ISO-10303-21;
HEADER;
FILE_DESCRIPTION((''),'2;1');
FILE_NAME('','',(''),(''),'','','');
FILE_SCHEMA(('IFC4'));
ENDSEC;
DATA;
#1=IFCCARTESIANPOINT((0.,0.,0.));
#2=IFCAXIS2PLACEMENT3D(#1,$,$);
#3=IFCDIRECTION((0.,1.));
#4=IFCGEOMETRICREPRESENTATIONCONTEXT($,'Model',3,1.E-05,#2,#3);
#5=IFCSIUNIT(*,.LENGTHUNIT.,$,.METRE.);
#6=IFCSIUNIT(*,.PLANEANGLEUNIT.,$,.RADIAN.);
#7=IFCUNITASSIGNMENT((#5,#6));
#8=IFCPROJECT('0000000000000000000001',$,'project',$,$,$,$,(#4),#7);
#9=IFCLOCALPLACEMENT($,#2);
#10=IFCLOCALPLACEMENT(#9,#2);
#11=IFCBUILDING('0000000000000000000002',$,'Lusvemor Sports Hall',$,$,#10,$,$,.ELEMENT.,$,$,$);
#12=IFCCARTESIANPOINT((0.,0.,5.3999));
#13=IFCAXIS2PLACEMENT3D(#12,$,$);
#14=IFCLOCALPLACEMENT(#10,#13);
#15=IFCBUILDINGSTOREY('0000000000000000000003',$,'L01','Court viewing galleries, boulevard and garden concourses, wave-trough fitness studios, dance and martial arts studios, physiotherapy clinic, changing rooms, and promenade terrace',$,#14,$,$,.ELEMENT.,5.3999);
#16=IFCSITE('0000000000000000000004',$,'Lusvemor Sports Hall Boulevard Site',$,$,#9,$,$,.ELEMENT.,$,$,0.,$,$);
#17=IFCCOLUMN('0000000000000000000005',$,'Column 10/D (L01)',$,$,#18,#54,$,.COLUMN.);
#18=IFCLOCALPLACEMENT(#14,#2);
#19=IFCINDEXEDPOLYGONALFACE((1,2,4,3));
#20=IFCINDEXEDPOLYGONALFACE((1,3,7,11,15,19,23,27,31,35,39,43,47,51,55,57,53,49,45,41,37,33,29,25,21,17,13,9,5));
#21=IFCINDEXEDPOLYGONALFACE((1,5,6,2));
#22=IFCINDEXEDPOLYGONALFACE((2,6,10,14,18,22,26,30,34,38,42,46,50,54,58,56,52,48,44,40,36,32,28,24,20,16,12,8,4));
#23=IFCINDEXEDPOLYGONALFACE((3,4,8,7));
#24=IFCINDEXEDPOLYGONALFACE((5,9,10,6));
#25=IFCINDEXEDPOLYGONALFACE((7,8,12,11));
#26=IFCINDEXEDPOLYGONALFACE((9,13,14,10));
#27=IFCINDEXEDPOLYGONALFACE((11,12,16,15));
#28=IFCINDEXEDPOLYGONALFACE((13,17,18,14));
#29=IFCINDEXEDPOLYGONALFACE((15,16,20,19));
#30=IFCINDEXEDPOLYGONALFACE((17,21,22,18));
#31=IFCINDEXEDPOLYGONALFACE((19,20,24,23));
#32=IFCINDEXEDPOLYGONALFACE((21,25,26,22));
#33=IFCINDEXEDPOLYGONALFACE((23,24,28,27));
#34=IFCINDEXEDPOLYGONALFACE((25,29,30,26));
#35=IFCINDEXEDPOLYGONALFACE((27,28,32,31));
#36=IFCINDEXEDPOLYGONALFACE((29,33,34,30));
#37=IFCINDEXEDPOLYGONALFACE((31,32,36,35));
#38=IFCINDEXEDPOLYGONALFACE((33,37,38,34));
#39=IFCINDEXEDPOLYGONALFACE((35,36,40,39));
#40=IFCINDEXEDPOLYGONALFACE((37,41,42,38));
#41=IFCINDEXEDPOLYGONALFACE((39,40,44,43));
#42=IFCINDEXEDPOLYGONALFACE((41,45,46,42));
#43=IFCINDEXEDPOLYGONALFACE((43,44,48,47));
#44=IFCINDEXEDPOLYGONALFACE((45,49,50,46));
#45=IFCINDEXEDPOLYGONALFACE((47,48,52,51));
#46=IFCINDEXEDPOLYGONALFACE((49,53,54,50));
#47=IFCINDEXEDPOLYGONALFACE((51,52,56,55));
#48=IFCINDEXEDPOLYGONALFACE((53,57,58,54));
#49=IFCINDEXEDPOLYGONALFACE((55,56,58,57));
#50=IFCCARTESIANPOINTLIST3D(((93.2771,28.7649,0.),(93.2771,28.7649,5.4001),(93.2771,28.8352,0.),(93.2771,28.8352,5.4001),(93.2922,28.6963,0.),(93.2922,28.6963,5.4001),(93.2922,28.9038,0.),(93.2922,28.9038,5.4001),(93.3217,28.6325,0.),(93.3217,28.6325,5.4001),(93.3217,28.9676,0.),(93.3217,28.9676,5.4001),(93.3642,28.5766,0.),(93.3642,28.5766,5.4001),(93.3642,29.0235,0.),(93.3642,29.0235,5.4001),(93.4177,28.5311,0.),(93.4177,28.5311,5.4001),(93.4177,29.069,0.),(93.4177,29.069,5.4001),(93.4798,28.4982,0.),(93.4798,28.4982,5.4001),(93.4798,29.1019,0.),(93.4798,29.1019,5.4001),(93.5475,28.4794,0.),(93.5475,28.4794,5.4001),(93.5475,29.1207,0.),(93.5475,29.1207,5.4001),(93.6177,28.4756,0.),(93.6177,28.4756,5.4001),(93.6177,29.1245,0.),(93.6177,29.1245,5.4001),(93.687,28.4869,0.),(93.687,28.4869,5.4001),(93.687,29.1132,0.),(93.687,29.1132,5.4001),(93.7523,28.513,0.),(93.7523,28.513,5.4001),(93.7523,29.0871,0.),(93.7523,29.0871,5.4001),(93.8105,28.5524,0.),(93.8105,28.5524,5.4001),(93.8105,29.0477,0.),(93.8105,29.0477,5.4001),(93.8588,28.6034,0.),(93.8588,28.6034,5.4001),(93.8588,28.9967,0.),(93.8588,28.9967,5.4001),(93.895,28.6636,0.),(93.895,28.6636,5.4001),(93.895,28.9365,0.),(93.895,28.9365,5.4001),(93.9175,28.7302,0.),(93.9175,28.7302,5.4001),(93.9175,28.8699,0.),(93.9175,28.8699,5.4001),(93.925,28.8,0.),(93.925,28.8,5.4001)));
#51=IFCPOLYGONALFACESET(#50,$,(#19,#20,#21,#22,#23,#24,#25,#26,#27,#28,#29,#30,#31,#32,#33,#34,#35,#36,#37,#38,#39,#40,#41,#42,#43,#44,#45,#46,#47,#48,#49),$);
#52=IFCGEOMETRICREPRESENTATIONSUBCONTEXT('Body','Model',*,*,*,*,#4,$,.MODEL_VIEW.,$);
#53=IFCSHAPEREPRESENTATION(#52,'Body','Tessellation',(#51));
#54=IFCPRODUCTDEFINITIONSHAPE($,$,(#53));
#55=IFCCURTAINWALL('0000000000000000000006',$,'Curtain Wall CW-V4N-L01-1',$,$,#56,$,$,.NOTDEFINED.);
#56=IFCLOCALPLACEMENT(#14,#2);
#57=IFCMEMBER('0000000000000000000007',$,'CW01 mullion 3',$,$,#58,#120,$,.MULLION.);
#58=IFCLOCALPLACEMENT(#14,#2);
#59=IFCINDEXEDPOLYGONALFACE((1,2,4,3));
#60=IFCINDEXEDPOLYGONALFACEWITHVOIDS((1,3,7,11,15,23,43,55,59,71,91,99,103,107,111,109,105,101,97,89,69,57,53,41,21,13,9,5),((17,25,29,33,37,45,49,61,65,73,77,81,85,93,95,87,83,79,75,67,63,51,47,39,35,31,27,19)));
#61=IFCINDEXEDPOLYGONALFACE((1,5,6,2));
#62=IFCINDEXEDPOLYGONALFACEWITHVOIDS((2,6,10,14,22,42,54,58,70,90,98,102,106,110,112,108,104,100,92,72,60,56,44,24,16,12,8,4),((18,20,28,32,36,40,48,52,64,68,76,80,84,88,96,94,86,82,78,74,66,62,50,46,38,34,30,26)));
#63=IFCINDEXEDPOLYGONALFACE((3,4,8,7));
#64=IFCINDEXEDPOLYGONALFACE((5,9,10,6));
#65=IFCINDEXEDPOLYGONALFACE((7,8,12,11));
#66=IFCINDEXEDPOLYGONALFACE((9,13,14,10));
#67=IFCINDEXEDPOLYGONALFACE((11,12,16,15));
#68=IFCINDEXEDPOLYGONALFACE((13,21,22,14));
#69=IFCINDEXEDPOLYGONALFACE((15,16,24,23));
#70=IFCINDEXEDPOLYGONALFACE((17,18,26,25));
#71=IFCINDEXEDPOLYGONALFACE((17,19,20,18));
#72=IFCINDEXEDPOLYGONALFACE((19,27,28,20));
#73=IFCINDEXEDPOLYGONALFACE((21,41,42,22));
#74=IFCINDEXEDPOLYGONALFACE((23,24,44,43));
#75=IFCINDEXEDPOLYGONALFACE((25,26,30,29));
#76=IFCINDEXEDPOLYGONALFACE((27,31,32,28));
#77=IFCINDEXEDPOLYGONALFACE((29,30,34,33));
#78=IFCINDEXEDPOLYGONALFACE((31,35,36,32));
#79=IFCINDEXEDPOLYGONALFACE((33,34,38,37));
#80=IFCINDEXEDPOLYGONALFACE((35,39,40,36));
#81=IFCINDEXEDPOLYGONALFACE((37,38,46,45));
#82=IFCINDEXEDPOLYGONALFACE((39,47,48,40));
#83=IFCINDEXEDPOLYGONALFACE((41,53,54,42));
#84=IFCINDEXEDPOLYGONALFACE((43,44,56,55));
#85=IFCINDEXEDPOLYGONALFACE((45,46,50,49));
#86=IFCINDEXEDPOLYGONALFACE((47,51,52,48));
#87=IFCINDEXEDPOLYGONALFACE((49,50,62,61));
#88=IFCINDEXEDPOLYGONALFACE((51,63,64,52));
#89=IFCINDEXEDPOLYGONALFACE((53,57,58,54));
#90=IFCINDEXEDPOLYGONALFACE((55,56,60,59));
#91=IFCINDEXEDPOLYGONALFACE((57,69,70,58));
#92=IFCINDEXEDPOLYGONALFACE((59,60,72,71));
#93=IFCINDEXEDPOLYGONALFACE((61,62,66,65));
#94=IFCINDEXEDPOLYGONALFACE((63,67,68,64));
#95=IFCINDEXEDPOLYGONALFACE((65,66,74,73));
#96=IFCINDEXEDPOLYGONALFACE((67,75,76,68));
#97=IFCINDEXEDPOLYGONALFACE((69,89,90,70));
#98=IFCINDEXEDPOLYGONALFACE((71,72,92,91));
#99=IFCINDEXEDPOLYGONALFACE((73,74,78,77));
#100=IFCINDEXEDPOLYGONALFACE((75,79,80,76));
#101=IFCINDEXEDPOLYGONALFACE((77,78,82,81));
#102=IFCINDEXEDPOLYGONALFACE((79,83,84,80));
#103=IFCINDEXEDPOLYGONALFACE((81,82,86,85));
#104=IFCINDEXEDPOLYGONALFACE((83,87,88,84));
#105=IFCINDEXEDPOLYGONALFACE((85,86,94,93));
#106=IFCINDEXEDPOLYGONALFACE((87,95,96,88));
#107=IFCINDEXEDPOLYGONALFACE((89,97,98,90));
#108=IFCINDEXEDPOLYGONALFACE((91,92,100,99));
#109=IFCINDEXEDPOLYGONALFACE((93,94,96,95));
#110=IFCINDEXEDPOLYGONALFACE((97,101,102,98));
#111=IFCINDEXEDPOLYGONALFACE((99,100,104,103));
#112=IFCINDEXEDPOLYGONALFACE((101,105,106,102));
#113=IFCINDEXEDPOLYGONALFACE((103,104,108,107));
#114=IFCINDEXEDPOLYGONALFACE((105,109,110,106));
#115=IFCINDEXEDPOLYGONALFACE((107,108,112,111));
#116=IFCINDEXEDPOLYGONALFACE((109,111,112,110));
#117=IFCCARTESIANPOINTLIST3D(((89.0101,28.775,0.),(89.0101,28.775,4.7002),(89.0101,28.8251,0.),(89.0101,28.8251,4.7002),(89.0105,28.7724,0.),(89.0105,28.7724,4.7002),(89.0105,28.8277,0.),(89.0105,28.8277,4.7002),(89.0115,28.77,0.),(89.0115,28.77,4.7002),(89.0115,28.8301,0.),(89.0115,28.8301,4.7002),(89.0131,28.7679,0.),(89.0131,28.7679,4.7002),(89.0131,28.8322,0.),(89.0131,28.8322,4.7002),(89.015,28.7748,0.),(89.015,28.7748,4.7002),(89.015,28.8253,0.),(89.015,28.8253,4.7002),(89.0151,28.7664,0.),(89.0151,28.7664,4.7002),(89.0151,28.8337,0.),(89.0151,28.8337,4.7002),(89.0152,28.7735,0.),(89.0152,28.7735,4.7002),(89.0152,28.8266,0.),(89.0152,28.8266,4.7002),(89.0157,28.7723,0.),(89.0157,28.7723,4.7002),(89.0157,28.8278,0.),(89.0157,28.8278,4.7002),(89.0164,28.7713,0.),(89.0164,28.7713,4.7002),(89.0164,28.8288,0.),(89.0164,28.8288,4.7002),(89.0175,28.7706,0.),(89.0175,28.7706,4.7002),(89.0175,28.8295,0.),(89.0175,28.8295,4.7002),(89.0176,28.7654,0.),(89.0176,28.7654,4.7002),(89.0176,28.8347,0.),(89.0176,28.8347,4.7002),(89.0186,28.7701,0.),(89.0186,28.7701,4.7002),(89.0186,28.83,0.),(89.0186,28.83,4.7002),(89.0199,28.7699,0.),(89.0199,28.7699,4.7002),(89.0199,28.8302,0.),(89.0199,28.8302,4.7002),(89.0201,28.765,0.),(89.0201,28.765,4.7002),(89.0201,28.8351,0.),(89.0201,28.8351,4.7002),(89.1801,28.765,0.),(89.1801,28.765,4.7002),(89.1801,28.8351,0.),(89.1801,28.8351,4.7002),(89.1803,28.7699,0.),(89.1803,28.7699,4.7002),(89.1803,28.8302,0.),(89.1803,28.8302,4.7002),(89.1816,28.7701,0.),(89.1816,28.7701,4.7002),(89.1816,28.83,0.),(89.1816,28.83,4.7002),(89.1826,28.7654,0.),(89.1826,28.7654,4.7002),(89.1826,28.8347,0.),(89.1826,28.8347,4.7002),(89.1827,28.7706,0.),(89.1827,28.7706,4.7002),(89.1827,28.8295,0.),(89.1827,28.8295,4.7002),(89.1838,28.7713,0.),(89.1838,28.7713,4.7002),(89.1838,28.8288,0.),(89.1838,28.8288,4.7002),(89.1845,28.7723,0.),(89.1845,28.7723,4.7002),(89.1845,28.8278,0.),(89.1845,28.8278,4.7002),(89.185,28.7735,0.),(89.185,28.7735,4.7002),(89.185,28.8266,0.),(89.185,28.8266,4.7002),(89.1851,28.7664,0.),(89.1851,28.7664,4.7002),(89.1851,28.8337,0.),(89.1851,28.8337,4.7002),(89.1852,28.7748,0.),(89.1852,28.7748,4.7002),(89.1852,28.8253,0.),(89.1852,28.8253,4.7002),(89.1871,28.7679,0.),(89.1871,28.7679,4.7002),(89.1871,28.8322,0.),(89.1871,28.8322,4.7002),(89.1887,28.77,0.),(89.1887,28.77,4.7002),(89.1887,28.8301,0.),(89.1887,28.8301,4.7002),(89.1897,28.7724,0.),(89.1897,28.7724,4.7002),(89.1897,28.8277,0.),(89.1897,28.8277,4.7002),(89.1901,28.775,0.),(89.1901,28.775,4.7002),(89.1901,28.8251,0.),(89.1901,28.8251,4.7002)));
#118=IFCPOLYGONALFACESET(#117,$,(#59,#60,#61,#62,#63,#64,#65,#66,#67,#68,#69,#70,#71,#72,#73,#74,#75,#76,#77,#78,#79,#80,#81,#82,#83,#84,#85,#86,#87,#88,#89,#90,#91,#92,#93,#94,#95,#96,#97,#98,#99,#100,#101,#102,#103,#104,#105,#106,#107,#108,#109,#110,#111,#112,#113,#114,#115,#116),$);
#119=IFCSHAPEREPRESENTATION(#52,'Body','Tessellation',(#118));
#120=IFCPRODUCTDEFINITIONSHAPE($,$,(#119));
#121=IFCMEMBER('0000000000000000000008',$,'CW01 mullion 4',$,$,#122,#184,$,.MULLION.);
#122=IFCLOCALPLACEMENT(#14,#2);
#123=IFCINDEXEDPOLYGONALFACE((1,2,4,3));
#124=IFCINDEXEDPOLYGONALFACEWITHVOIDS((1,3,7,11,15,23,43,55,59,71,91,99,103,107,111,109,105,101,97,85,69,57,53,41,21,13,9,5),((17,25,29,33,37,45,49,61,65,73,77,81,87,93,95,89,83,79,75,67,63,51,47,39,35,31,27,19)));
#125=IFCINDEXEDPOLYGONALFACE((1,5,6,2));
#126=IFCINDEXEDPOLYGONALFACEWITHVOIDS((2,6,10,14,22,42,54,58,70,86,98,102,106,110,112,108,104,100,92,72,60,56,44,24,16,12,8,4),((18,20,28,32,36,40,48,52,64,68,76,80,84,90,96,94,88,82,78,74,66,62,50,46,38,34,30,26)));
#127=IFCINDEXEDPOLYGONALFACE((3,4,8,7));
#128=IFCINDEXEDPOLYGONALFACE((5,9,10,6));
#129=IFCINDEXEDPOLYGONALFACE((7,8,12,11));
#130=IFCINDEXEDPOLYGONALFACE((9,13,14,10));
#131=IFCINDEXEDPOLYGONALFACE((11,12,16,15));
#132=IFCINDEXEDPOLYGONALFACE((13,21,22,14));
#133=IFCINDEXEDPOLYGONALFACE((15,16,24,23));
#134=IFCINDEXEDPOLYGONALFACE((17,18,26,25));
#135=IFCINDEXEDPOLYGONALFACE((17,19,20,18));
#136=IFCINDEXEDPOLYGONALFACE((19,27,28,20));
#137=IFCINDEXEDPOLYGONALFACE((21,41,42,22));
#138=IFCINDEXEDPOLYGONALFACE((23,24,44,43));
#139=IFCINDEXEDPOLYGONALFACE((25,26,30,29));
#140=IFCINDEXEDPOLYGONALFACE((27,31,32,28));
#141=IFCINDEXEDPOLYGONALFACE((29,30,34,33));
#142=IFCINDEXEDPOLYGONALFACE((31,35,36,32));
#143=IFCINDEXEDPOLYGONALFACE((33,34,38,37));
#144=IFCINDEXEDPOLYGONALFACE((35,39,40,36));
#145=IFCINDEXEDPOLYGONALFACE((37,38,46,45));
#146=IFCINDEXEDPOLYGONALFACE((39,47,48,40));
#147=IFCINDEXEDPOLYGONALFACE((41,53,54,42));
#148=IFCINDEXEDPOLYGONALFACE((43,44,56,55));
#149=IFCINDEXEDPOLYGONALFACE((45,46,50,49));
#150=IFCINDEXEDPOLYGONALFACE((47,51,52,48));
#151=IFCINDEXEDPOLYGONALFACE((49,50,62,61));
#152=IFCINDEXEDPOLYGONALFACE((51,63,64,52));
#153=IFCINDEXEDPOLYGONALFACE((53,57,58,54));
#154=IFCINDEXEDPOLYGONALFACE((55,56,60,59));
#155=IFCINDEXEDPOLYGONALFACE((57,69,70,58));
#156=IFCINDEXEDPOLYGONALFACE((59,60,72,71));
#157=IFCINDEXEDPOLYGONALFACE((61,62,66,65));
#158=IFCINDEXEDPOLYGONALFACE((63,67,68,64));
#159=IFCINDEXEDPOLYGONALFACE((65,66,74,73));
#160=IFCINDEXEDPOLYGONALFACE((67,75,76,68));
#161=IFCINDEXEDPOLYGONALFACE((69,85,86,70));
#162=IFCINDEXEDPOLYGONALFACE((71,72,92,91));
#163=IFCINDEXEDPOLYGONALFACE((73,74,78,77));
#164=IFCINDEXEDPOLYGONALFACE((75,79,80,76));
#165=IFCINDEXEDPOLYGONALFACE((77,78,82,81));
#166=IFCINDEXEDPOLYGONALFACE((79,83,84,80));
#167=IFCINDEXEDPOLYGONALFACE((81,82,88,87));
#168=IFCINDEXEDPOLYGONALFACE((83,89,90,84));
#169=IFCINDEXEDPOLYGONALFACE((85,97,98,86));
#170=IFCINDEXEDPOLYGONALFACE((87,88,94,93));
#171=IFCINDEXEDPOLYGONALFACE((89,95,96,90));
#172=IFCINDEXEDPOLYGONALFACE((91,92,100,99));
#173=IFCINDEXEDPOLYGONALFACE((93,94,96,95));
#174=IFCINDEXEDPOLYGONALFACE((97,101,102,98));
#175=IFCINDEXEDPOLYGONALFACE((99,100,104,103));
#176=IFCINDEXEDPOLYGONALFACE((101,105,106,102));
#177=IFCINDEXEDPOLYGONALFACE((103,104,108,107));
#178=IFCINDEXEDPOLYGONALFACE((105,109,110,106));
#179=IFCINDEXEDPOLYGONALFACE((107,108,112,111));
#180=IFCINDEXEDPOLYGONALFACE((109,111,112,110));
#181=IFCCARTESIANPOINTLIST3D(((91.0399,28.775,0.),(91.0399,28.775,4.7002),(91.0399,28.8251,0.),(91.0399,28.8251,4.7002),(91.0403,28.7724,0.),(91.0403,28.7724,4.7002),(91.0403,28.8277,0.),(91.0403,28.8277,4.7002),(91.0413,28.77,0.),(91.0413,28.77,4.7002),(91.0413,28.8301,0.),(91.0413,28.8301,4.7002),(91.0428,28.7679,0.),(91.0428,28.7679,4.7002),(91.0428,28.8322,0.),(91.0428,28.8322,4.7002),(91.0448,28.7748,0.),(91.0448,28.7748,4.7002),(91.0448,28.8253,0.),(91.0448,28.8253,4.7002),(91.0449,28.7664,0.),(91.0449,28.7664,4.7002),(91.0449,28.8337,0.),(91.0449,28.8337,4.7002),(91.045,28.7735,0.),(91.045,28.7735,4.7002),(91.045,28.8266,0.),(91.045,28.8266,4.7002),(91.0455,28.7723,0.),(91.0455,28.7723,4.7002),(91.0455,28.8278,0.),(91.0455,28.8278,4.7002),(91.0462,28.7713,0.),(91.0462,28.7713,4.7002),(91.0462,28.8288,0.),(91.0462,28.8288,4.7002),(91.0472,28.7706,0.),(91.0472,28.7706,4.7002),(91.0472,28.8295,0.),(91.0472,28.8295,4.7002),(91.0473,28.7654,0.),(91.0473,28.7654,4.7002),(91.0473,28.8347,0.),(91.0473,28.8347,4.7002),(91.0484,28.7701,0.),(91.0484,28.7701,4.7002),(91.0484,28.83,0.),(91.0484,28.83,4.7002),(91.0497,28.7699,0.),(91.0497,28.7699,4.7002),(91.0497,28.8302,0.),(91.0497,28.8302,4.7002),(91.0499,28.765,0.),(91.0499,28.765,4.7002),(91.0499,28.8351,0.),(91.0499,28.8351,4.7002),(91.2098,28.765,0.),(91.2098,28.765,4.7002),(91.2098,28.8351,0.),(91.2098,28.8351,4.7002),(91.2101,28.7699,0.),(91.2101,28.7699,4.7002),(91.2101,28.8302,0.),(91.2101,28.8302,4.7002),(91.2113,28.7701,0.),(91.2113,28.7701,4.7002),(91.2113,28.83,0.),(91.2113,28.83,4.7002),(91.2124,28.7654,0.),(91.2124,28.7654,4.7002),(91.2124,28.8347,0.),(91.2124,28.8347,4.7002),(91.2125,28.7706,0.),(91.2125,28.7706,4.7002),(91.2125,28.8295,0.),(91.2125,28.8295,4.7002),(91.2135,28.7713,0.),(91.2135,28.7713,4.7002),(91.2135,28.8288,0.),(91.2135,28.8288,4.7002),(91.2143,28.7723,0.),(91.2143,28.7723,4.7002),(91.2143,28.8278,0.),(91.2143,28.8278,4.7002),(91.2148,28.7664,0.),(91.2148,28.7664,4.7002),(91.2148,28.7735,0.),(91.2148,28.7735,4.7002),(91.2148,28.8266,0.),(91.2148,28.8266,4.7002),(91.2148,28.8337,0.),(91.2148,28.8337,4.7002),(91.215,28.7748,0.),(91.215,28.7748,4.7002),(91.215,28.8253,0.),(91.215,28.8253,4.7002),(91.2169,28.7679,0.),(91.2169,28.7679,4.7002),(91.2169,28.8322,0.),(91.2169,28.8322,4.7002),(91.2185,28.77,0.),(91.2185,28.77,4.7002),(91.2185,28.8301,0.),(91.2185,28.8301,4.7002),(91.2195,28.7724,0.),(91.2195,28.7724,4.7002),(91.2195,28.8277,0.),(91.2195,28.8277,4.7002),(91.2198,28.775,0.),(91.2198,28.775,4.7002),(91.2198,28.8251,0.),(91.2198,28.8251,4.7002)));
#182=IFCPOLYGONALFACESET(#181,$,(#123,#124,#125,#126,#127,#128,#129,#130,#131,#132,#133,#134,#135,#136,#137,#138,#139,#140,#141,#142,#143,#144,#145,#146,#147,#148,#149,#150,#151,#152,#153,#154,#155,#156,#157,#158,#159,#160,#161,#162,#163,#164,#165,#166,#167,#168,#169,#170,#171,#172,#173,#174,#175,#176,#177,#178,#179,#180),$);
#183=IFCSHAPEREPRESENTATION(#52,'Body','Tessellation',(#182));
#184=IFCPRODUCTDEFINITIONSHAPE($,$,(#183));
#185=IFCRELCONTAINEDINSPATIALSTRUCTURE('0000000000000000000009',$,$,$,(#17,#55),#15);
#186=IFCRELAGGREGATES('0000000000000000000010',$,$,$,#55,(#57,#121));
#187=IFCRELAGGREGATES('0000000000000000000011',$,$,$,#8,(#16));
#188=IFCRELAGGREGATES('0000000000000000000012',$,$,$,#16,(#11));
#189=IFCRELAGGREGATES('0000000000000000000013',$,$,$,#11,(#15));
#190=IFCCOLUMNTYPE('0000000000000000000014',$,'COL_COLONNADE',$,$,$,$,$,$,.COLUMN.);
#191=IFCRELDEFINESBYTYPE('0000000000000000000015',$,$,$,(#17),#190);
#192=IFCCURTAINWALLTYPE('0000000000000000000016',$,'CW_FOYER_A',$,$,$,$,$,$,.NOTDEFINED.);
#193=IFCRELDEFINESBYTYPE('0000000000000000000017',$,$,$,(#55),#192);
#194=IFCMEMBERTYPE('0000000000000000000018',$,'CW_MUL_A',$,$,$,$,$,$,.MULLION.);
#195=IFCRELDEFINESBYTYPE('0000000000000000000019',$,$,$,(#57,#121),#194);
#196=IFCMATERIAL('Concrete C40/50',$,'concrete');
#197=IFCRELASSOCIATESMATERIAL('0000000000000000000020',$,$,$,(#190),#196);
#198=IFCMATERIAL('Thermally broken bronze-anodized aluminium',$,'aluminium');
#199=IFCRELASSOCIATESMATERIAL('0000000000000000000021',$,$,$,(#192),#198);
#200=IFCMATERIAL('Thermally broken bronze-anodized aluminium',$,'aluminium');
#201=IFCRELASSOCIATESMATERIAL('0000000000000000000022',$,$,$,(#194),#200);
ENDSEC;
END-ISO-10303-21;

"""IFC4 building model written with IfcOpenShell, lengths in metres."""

from ifc_helpers import new_model, si_unit, direction, frame, origin, origin_2d, place, context, subcontext, project, spatial, hollow_rectangle, circle, extrude, material, material_profile, profile_set, type_object, element, aggregate, save


model = new_model("IFC4")

# Units and contexts
model_context = context("Model", 3, precision=1e-05, world=origin(), true_north=direction((0.0, 1.0)))
body_context = subcontext(model_context, "Body", "Model", "MODEL_VIEW")
ifc_project = project(units=[si_unit("LENGTHUNIT", "METRE"), si_unit("PLANEANGLEUNIT", "RADIAN")], contexts=[model_context])

# Site, building, storey
site_placement = place(None, origin())
site = spatial("IfcSite", under=ifc_project, at=site_placement, Name="Lusvemor Sports Hall Boulevard Site", CompositionType="ELEMENT", RefElevation=0.0)
building_placement = place(site_placement, origin())
building = spatial("IfcBuilding", under=site, at=building_placement, Name="Lusvemor Sports Hall", CompositionType="ELEMENT")
storey_placement = place(building_placement, frame((0.0, 0.0, 5.3999)))
storey = spatial("IfcBuildingStorey", under=building, at=storey_placement, Name="L01", Description="Court viewing galleries, boulevard and garden concourses, wave-trough fitness studios, dance and martial arts studios, physiotherapy clinic, changing rooms, and promenade terrace", CompositionType="ELEMENT", Elevation=5.3999)

# Column
ifc_material_1 = material(Name="Concrete C40/50", Category="concrete")
ifc_material_profile_1 = material_profile(ifc_material_1, circle(Radius=0.325, at=origin_2d()), Name="RCCIRC650")
ifc_profile_set_1 = profile_set([ifc_material_profile_1], Name="Concrete C40/50")
column_type = type_object("IfcColumnType", Name="COL_COLONNADE", PredefinedType="COLUMN", material=ifc_profile_set_1)
column_placement = place(storey_placement, frame((93.6001, 28.8, 0.0), z_axis=(0.0, 0.0, 1.0), x_axis=(1.0, 0.0, 0.0)))
element("IfcColumn", 1, at=column_placement, inside=storey, type_object=column_type, Name="Column 10/D (L01)", PredefinedType="COLUMN", context=body_context, shape_type="SweptSolid", body=[
    extrude(circle(Radius=0.325, at=origin_2d()), origin(), (0.0, 0.0, 1.0), 5.4001),
])

# Curtain wall, members
ifc_material_2 = material(Name="Thermally broken bronze-anodized aluminium", Category="aluminium")
curtain_wall_type = type_object("IfcCurtainWallType", Name="CW_FOYER_A", PredefinedType="NOTDEFINED", material=ifc_material_2)
curtain_wall_1_placement = place(storey_placement, origin())
curtain_wall_1 = element("IfcCurtainWall", 2, at=curtain_wall_1_placement, inside=storey, type_object=curtain_wall_type, Name="Curtain Wall CW-V4N-L01-1", PredefinedType="NOTDEFINED")
ifc_material_3 = material(Name="Thermally broken bronze-anodized aluminium", Category="aluminium")
ifc_material_profile_2 = material_profile(ifc_material_3, hollow_rectangle(XDim=0.0701, YDim=0.1799, WallThickness=0.0049, InnerFilletRadius=0.0049, OuterFilletRadius=0.01, at=origin_2d()), Name="CWMUL180x70x5")
ifc_profile_set_2 = profile_set([ifc_material_profile_2], Name="Thermally broken bronze-anodized aluminium")
member_type_1 = type_object("IfcMemberType", Name="CW_MUL_A", PredefinedType="MULLION", material=ifc_profile_set_2)
member_1_placement = place(storey_placement, frame((89.1001, 28.8, 0.0), z_axis=(0.0, 0.0, 1.0), x_axis=(0.0, 1.0, 0.0)))
member_1 = element("IfcMember", 3, at=member_1_placement, type_object=member_type_1, Name="CW01 mullion 3", PredefinedType="MULLION", context=body_context, shape_type="SweptSolid", body=[
    extrude(hollow_rectangle(XDim=0.0701, YDim=0.1799, WallThickness=0.0049, InnerFilletRadius=0.0049, OuterFilletRadius=0.01, at=origin_2d()), origin(), (0.0, 0.0, 1.0), 4.7002),
])
member_2_placement = place(storey_placement, frame((91.1299, 28.8, 0.0), z_axis=(0.0, 0.0, 1.0), x_axis=(0.0, 1.0, 0.0)))
member_2 = element("IfcMember", 4, at=member_2_placement, type_object=member_type_1, Name="CW01 mullion 4", PredefinedType="MULLION", context=body_context, shape_type="SweptSolid", body=[
    extrude(hollow_rectangle(XDim=0.0701, YDim=0.1799, WallThickness=0.0049, InnerFilletRadius=0.0049, OuterFilletRadius=0.01, at=origin_2d()), origin(), (0.0, 0.0, 1.0), 4.7002),
])

aggregate(curtain_wall_1, [member_1, member_2])

save(model, "model.ifc")
